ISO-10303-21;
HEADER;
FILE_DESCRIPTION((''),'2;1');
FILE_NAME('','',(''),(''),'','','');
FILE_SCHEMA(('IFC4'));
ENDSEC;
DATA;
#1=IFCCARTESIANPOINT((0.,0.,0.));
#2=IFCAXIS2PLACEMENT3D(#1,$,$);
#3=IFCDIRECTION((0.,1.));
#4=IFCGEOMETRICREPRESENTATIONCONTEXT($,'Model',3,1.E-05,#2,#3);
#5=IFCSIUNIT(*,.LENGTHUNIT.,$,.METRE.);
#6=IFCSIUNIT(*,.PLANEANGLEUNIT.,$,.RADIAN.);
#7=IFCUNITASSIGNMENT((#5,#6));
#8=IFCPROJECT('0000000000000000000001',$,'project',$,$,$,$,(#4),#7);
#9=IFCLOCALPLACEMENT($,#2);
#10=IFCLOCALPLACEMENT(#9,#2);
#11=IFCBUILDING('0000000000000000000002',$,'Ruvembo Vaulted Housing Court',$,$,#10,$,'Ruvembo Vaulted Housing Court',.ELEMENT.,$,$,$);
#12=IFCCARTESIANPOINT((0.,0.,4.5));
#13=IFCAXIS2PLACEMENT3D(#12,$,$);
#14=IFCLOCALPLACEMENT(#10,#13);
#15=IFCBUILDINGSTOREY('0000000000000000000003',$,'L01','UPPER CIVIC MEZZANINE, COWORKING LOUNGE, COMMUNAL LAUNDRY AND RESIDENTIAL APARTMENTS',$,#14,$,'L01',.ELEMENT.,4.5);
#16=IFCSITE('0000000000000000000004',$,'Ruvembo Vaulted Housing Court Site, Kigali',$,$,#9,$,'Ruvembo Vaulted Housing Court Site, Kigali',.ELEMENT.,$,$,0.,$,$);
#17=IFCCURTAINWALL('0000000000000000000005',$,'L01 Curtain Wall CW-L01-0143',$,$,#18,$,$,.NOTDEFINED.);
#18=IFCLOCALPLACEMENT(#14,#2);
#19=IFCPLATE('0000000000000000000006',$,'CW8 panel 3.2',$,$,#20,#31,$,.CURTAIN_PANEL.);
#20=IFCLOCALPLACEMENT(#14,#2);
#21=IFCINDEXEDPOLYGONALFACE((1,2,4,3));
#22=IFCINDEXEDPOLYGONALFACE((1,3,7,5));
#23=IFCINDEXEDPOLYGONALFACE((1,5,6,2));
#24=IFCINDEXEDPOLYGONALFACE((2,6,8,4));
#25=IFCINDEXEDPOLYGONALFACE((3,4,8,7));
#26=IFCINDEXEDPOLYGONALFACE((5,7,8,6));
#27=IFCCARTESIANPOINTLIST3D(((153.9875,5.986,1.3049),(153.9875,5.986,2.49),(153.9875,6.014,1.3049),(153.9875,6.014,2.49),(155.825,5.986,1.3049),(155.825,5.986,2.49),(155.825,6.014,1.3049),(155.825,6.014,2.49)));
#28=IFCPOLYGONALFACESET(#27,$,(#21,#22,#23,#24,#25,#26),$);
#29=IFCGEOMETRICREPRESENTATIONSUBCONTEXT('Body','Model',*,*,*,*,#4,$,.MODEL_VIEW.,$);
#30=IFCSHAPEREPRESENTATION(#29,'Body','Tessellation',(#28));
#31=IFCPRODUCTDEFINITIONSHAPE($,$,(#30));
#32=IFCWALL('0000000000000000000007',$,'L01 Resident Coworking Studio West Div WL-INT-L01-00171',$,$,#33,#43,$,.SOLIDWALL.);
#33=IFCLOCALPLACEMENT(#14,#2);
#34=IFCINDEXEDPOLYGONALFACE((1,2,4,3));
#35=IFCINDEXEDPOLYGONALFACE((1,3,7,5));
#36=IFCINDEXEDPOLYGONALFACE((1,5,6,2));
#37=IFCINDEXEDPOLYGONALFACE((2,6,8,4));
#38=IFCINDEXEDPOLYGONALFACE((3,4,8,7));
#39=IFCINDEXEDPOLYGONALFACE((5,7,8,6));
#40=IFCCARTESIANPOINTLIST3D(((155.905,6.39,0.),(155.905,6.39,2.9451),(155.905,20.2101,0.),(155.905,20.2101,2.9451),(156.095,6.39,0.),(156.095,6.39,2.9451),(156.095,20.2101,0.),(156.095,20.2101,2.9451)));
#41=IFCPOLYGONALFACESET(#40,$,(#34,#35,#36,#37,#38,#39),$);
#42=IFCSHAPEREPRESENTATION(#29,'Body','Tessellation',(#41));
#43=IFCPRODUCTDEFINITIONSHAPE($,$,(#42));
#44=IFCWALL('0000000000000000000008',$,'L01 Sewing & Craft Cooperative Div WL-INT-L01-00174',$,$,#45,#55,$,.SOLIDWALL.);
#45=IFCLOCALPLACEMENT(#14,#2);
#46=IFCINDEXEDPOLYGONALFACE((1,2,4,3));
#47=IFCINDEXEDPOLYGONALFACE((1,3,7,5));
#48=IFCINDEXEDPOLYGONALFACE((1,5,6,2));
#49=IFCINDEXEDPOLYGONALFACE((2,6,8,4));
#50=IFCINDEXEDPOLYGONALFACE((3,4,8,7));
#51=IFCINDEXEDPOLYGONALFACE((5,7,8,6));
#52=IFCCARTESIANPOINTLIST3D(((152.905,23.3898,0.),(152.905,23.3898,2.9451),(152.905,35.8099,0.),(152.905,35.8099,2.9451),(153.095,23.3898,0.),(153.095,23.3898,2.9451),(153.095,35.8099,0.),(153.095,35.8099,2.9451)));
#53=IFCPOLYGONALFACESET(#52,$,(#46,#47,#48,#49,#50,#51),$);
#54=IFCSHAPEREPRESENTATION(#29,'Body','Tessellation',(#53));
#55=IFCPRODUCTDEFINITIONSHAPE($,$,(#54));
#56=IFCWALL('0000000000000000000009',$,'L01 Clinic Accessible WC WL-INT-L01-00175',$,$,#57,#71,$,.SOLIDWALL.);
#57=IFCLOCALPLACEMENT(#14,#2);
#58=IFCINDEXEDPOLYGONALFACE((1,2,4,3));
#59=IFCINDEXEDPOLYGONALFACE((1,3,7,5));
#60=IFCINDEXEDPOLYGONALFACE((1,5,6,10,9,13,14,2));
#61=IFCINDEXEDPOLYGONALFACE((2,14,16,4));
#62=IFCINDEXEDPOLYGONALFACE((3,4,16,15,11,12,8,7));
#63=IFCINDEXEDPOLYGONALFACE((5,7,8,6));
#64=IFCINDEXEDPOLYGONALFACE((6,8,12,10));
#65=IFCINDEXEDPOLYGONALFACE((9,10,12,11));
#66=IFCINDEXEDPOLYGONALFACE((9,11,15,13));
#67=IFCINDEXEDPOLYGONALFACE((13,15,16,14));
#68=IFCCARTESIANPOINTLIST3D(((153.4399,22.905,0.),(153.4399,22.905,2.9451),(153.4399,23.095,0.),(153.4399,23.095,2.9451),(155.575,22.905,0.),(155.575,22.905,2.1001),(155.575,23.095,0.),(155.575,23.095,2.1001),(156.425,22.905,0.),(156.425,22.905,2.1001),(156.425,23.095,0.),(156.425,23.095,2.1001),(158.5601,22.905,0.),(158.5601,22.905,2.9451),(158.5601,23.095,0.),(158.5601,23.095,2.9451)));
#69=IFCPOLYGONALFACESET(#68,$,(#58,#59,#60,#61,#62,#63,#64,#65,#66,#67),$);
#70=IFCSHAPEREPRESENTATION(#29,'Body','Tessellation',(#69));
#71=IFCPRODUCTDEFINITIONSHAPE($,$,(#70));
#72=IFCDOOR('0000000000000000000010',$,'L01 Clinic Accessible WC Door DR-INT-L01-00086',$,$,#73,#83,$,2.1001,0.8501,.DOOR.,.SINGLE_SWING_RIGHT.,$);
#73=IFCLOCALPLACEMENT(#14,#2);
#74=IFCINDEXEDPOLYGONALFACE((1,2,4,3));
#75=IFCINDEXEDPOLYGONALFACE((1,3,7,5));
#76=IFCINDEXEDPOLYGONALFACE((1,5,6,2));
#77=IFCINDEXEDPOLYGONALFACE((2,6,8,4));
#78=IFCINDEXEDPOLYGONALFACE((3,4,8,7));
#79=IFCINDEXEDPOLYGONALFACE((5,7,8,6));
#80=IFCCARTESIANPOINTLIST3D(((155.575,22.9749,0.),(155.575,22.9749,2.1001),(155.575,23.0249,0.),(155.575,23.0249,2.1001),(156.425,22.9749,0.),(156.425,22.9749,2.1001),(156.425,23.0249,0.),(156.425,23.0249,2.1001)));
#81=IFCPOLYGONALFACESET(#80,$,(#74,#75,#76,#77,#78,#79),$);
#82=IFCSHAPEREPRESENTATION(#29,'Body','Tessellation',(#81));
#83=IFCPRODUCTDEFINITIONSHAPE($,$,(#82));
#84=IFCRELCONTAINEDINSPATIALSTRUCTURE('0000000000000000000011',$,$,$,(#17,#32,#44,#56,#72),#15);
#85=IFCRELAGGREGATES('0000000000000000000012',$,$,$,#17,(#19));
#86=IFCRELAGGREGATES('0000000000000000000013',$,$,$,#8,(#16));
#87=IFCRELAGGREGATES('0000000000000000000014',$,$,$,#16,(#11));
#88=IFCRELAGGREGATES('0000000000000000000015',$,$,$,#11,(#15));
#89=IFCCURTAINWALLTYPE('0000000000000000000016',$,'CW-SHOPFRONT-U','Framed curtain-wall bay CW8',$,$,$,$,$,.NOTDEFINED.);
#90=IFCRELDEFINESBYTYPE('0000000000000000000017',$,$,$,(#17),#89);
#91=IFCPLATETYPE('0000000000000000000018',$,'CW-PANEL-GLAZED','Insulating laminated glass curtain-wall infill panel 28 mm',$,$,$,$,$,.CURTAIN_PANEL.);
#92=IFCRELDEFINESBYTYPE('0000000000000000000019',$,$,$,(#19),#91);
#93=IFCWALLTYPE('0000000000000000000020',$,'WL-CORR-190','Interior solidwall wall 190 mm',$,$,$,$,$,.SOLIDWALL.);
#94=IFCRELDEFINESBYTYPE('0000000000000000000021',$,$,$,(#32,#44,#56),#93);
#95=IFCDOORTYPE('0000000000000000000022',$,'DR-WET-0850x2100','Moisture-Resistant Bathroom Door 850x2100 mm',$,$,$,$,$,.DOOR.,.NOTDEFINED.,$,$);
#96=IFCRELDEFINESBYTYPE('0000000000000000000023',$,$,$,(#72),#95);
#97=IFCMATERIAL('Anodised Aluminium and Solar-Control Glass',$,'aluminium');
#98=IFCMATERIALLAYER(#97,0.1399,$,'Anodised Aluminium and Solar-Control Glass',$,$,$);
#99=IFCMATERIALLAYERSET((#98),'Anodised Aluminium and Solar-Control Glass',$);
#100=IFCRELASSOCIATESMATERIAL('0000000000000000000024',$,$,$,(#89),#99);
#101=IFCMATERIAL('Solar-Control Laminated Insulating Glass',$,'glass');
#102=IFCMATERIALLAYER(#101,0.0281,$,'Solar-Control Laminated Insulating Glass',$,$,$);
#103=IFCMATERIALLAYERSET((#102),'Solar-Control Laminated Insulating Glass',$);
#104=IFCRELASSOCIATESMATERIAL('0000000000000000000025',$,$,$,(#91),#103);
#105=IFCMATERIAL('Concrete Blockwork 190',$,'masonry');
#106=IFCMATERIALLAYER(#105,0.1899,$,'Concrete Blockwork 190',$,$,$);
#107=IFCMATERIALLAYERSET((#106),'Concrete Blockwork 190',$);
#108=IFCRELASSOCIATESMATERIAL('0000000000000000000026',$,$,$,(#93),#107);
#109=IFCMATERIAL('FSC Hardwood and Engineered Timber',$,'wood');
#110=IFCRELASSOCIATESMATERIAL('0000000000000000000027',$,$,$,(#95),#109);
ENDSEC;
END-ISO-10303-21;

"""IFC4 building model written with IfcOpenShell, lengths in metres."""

from ifc_helpers import new_model, si_unit, direction, frame, frame_2d, origin, origin_2d, place, context, subcontext, project, spatial, rectangle, extrude, material, layer, layer_set, type_object, element, fill, aggregate, save


model = new_model("IFC4")

# Units and contexts
model_context = context("Model", 3, precision=1e-05, world=origin(), true_north=direction((0.0, 1.0)))
body_context = subcontext(model_context, "Body", "Model", "MODEL_VIEW")
ifc_project = project(units=[si_unit("LENGTHUNIT", "METRE"), si_unit("PLANEANGLEUNIT", "RADIAN")], contexts=[model_context])

# Site, building, storey
site_placement = place(None, origin())
site = spatial("IfcSite", under=ifc_project, at=site_placement, Name="Ruvembo Vaulted Housing Court Site, Kigali", LongName="Ruvembo Vaulted Housing Court Site, Kigali", CompositionType="ELEMENT", RefElevation=0.0)
building_placement = place(site_placement, origin())
building = spatial("IfcBuilding", under=site, at=building_placement, Name="Ruvembo Vaulted Housing Court", LongName="Ruvembo Vaulted Housing Court", CompositionType="ELEMENT")
storey_placement = place(building_placement, frame((0.0, 0.0, 4.5)))
storey = spatial("IfcBuildingStorey", under=building, at=storey_placement, Name="L01", Description="UPPER CIVIC MEZZANINE, COWORKING LOUNGE, COMMUNAL LAUNDRY AND RESIDENTIAL APARTMENTS", LongName="L01", CompositionType="ELEMENT", Elevation=4.5)

# Curtain wall
ifc_material_1 = material(Name="Anodised Aluminium and Solar-Control Glass", Category="aluminium")
ifc_layer_1 = layer(ifc_material_1, 0.1399, Name="Anodised Aluminium and Solar-Control Glass")
ifc_layer_set_1 = layer_set([ifc_layer_1], Name="Anodised Aluminium and Solar-Control Glass")
curtain_wall_type = type_object("IfcCurtainWallType", Name="CW-SHOPFRONT-U", Description="Framed curtain-wall bay CW8", PredefinedType="NOTDEFINED", material=ifc_layer_set_1)
curtain_wall_1_placement = place(storey_placement, origin())
curtain_wall_1 = element("IfcCurtainWall", 1, at=curtain_wall_1_placement, inside=storey, type_object=curtain_wall_type, Name="L01 Curtain Wall CW-L01-0143", PredefinedType="NOTDEFINED")

# Plate
ifc_material_2 = material(Name="Solar-Control Laminated Insulating Glass", Category="glass")
ifc_layer_2 = layer(ifc_material_2, 0.0281, Name="Solar-Control Laminated Insulating Glass")
ifc_layer_set_2 = layer_set([ifc_layer_2], Name="Solar-Control Laminated Insulating Glass")
plate_type = type_object("IfcPlateType", Name="CW-PANEL-GLAZED", Description="Insulating laminated glass curtain-wall infill panel 28 mm", PredefinedType="CURTAIN_PANEL", material=ifc_layer_set_2)
plate_1_placement = place(storey_placement, frame((154.9062, 6.0, 1.3049), z_axis=(0.0, 0.0, 1.0), x_axis=(1.0, 0.0, 0.0)))
plate_1 = element("IfcPlate", 2, at=plate_1_placement, type_object=plate_type, Name="CW8 panel 3.2", PredefinedType="CURTAIN_PANEL", context=body_context, shape_type="SweptSolid", body=[
    extrude(rectangle(XDim=1.8374, YDim=0.0281, at=origin_2d()), origin(), (0.0, 0.0, 1.0), 1.1851),
])
aggregate(curtain_wall_1, [plate_1])

# Walls
ifc_material_3 = material(Name="Concrete Blockwork 190", Category="masonry")
ifc_layer_3 = layer(ifc_material_3, 0.1899, Name="Concrete Blockwork 190")
ifc_layer_set_3 = layer_set([ifc_layer_3], Name="Concrete Blockwork 190")
wall_type = type_object("IfcWallType", Name="WL-CORR-190", Description="Interior solidwall wall 190 mm", PredefinedType="SOLIDWALL", material=ifc_layer_set_3)
wall_1_placement = place(storey_placement, frame((156.0, 6.3899, 0.0), z_axis=(0.0, 0.0, 1.0), x_axis=(0.0, 1.0, 0.0)))
element("IfcWall", 3, at=wall_1_placement, inside=storey, type_object=wall_type, Name="L01 Resident Coworking Studio West Div WL-INT-L01-00171", PredefinedType="SOLIDWALL", context=body_context, shape_type="SweptSolid", body=[
    extrude(rectangle(XDim=13.8201, YDim=0.1899, at=frame_2d((6.9102, 0.0))), origin(), (0.0, 0.0, 1.0), 2.9451),
])
wall_2_placement = place(storey_placement, frame((153.0, 23.3899, 0.0), z_axis=(0.0, 0.0, 1.0), x_axis=(0.0, 1.0, 0.0)))
element("IfcWall", 4, at=wall_2_placement, inside=storey, type_object=wall_type, Name="L01 Sewing & Craft Cooperative Div WL-INT-L01-00174", PredefinedType="SOLIDWALL", context=body_context, shape_type="SweptSolid", body=[
    extrude(rectangle(XDim=12.4202, YDim=0.1899, at=frame_2d((6.21, 0.0))), origin(), (0.0, 0.0, 1.0), 2.9451),
])

# Wall, opening, door
wall_3_placement = place(storey_placement, frame((153.4399, 23.0, 0.0), z_axis=(0.0, 0.0, 1.0), x_axis=(1.0, 0.0, 0.0)))
wall_3 = element("IfcWall", 5, at=wall_3_placement, inside=storey, type_object=wall_type, Name="L01 Clinic Accessible WC WL-INT-L01-00175", PredefinedType="SOLIDWALL", context=body_context, shape_type="SweptSolid", body=[
    extrude(rectangle(XDim=5.1201, YDim=0.1899, at=frame_2d((2.5601, 0.0))), origin(), (0.0, 0.0, 1.0), 2.9451),
])
opening_placement = place(wall_3_placement, frame((2.135, 0.0, 0.0)))
opening = element("IfcOpeningElement", 6, at=opening_placement, cuts=wall_3, PredefinedType="OPENING", context=body_context, shape_type="SweptSolid", body=[
    extrude(rectangle(XDim=0.8501, YDim=2.1001, at=frame_2d((0.425, 1.05))), frame((0.0, 0.105, 0.0), z_axis=(0.0, -1.0, 0.0), x_axis=(1.0, 0.0, 0.0)), (0.0, 0.0, 1.0), 0.21),
])
ifc_material_4 = material(Name="FSC Hardwood and Engineered Timber", Category="wood")
door_type = type_object("IfcDoorType", Name="DR-WET-0850x2100", Description="Moisture-Resistant Bathroom Door 850x2100 mm", OperationType="NOTDEFINED", PredefinedType="DOOR", material=ifc_material_4)
door_placement = place(opening_placement, origin())
door = element("IfcDoor", 7, at=door_placement, inside=storey, type_object=door_type, Name="L01 Clinic Accessible WC Door DR-INT-L01-00086", OperationType="SINGLE_SWING_RIGHT", OverallHeight=2.1001, OverallWidth=0.8501, PredefinedType="DOOR", context=body_context, shape_type="SweptSolid", body=[
    extrude(rectangle(XDim=0.8501, YDim=2.1001, at=frame_2d((0.425, 1.05))), frame((0.0, 0.0249, 0.0), z_axis=(0.0, -1.0, 0.0), x_axis=(1.0, 0.0, 0.0)), (0.0, 0.0, 1.0), 0.05),
])
fill(opening, door)

save(model, "model.ifc")
